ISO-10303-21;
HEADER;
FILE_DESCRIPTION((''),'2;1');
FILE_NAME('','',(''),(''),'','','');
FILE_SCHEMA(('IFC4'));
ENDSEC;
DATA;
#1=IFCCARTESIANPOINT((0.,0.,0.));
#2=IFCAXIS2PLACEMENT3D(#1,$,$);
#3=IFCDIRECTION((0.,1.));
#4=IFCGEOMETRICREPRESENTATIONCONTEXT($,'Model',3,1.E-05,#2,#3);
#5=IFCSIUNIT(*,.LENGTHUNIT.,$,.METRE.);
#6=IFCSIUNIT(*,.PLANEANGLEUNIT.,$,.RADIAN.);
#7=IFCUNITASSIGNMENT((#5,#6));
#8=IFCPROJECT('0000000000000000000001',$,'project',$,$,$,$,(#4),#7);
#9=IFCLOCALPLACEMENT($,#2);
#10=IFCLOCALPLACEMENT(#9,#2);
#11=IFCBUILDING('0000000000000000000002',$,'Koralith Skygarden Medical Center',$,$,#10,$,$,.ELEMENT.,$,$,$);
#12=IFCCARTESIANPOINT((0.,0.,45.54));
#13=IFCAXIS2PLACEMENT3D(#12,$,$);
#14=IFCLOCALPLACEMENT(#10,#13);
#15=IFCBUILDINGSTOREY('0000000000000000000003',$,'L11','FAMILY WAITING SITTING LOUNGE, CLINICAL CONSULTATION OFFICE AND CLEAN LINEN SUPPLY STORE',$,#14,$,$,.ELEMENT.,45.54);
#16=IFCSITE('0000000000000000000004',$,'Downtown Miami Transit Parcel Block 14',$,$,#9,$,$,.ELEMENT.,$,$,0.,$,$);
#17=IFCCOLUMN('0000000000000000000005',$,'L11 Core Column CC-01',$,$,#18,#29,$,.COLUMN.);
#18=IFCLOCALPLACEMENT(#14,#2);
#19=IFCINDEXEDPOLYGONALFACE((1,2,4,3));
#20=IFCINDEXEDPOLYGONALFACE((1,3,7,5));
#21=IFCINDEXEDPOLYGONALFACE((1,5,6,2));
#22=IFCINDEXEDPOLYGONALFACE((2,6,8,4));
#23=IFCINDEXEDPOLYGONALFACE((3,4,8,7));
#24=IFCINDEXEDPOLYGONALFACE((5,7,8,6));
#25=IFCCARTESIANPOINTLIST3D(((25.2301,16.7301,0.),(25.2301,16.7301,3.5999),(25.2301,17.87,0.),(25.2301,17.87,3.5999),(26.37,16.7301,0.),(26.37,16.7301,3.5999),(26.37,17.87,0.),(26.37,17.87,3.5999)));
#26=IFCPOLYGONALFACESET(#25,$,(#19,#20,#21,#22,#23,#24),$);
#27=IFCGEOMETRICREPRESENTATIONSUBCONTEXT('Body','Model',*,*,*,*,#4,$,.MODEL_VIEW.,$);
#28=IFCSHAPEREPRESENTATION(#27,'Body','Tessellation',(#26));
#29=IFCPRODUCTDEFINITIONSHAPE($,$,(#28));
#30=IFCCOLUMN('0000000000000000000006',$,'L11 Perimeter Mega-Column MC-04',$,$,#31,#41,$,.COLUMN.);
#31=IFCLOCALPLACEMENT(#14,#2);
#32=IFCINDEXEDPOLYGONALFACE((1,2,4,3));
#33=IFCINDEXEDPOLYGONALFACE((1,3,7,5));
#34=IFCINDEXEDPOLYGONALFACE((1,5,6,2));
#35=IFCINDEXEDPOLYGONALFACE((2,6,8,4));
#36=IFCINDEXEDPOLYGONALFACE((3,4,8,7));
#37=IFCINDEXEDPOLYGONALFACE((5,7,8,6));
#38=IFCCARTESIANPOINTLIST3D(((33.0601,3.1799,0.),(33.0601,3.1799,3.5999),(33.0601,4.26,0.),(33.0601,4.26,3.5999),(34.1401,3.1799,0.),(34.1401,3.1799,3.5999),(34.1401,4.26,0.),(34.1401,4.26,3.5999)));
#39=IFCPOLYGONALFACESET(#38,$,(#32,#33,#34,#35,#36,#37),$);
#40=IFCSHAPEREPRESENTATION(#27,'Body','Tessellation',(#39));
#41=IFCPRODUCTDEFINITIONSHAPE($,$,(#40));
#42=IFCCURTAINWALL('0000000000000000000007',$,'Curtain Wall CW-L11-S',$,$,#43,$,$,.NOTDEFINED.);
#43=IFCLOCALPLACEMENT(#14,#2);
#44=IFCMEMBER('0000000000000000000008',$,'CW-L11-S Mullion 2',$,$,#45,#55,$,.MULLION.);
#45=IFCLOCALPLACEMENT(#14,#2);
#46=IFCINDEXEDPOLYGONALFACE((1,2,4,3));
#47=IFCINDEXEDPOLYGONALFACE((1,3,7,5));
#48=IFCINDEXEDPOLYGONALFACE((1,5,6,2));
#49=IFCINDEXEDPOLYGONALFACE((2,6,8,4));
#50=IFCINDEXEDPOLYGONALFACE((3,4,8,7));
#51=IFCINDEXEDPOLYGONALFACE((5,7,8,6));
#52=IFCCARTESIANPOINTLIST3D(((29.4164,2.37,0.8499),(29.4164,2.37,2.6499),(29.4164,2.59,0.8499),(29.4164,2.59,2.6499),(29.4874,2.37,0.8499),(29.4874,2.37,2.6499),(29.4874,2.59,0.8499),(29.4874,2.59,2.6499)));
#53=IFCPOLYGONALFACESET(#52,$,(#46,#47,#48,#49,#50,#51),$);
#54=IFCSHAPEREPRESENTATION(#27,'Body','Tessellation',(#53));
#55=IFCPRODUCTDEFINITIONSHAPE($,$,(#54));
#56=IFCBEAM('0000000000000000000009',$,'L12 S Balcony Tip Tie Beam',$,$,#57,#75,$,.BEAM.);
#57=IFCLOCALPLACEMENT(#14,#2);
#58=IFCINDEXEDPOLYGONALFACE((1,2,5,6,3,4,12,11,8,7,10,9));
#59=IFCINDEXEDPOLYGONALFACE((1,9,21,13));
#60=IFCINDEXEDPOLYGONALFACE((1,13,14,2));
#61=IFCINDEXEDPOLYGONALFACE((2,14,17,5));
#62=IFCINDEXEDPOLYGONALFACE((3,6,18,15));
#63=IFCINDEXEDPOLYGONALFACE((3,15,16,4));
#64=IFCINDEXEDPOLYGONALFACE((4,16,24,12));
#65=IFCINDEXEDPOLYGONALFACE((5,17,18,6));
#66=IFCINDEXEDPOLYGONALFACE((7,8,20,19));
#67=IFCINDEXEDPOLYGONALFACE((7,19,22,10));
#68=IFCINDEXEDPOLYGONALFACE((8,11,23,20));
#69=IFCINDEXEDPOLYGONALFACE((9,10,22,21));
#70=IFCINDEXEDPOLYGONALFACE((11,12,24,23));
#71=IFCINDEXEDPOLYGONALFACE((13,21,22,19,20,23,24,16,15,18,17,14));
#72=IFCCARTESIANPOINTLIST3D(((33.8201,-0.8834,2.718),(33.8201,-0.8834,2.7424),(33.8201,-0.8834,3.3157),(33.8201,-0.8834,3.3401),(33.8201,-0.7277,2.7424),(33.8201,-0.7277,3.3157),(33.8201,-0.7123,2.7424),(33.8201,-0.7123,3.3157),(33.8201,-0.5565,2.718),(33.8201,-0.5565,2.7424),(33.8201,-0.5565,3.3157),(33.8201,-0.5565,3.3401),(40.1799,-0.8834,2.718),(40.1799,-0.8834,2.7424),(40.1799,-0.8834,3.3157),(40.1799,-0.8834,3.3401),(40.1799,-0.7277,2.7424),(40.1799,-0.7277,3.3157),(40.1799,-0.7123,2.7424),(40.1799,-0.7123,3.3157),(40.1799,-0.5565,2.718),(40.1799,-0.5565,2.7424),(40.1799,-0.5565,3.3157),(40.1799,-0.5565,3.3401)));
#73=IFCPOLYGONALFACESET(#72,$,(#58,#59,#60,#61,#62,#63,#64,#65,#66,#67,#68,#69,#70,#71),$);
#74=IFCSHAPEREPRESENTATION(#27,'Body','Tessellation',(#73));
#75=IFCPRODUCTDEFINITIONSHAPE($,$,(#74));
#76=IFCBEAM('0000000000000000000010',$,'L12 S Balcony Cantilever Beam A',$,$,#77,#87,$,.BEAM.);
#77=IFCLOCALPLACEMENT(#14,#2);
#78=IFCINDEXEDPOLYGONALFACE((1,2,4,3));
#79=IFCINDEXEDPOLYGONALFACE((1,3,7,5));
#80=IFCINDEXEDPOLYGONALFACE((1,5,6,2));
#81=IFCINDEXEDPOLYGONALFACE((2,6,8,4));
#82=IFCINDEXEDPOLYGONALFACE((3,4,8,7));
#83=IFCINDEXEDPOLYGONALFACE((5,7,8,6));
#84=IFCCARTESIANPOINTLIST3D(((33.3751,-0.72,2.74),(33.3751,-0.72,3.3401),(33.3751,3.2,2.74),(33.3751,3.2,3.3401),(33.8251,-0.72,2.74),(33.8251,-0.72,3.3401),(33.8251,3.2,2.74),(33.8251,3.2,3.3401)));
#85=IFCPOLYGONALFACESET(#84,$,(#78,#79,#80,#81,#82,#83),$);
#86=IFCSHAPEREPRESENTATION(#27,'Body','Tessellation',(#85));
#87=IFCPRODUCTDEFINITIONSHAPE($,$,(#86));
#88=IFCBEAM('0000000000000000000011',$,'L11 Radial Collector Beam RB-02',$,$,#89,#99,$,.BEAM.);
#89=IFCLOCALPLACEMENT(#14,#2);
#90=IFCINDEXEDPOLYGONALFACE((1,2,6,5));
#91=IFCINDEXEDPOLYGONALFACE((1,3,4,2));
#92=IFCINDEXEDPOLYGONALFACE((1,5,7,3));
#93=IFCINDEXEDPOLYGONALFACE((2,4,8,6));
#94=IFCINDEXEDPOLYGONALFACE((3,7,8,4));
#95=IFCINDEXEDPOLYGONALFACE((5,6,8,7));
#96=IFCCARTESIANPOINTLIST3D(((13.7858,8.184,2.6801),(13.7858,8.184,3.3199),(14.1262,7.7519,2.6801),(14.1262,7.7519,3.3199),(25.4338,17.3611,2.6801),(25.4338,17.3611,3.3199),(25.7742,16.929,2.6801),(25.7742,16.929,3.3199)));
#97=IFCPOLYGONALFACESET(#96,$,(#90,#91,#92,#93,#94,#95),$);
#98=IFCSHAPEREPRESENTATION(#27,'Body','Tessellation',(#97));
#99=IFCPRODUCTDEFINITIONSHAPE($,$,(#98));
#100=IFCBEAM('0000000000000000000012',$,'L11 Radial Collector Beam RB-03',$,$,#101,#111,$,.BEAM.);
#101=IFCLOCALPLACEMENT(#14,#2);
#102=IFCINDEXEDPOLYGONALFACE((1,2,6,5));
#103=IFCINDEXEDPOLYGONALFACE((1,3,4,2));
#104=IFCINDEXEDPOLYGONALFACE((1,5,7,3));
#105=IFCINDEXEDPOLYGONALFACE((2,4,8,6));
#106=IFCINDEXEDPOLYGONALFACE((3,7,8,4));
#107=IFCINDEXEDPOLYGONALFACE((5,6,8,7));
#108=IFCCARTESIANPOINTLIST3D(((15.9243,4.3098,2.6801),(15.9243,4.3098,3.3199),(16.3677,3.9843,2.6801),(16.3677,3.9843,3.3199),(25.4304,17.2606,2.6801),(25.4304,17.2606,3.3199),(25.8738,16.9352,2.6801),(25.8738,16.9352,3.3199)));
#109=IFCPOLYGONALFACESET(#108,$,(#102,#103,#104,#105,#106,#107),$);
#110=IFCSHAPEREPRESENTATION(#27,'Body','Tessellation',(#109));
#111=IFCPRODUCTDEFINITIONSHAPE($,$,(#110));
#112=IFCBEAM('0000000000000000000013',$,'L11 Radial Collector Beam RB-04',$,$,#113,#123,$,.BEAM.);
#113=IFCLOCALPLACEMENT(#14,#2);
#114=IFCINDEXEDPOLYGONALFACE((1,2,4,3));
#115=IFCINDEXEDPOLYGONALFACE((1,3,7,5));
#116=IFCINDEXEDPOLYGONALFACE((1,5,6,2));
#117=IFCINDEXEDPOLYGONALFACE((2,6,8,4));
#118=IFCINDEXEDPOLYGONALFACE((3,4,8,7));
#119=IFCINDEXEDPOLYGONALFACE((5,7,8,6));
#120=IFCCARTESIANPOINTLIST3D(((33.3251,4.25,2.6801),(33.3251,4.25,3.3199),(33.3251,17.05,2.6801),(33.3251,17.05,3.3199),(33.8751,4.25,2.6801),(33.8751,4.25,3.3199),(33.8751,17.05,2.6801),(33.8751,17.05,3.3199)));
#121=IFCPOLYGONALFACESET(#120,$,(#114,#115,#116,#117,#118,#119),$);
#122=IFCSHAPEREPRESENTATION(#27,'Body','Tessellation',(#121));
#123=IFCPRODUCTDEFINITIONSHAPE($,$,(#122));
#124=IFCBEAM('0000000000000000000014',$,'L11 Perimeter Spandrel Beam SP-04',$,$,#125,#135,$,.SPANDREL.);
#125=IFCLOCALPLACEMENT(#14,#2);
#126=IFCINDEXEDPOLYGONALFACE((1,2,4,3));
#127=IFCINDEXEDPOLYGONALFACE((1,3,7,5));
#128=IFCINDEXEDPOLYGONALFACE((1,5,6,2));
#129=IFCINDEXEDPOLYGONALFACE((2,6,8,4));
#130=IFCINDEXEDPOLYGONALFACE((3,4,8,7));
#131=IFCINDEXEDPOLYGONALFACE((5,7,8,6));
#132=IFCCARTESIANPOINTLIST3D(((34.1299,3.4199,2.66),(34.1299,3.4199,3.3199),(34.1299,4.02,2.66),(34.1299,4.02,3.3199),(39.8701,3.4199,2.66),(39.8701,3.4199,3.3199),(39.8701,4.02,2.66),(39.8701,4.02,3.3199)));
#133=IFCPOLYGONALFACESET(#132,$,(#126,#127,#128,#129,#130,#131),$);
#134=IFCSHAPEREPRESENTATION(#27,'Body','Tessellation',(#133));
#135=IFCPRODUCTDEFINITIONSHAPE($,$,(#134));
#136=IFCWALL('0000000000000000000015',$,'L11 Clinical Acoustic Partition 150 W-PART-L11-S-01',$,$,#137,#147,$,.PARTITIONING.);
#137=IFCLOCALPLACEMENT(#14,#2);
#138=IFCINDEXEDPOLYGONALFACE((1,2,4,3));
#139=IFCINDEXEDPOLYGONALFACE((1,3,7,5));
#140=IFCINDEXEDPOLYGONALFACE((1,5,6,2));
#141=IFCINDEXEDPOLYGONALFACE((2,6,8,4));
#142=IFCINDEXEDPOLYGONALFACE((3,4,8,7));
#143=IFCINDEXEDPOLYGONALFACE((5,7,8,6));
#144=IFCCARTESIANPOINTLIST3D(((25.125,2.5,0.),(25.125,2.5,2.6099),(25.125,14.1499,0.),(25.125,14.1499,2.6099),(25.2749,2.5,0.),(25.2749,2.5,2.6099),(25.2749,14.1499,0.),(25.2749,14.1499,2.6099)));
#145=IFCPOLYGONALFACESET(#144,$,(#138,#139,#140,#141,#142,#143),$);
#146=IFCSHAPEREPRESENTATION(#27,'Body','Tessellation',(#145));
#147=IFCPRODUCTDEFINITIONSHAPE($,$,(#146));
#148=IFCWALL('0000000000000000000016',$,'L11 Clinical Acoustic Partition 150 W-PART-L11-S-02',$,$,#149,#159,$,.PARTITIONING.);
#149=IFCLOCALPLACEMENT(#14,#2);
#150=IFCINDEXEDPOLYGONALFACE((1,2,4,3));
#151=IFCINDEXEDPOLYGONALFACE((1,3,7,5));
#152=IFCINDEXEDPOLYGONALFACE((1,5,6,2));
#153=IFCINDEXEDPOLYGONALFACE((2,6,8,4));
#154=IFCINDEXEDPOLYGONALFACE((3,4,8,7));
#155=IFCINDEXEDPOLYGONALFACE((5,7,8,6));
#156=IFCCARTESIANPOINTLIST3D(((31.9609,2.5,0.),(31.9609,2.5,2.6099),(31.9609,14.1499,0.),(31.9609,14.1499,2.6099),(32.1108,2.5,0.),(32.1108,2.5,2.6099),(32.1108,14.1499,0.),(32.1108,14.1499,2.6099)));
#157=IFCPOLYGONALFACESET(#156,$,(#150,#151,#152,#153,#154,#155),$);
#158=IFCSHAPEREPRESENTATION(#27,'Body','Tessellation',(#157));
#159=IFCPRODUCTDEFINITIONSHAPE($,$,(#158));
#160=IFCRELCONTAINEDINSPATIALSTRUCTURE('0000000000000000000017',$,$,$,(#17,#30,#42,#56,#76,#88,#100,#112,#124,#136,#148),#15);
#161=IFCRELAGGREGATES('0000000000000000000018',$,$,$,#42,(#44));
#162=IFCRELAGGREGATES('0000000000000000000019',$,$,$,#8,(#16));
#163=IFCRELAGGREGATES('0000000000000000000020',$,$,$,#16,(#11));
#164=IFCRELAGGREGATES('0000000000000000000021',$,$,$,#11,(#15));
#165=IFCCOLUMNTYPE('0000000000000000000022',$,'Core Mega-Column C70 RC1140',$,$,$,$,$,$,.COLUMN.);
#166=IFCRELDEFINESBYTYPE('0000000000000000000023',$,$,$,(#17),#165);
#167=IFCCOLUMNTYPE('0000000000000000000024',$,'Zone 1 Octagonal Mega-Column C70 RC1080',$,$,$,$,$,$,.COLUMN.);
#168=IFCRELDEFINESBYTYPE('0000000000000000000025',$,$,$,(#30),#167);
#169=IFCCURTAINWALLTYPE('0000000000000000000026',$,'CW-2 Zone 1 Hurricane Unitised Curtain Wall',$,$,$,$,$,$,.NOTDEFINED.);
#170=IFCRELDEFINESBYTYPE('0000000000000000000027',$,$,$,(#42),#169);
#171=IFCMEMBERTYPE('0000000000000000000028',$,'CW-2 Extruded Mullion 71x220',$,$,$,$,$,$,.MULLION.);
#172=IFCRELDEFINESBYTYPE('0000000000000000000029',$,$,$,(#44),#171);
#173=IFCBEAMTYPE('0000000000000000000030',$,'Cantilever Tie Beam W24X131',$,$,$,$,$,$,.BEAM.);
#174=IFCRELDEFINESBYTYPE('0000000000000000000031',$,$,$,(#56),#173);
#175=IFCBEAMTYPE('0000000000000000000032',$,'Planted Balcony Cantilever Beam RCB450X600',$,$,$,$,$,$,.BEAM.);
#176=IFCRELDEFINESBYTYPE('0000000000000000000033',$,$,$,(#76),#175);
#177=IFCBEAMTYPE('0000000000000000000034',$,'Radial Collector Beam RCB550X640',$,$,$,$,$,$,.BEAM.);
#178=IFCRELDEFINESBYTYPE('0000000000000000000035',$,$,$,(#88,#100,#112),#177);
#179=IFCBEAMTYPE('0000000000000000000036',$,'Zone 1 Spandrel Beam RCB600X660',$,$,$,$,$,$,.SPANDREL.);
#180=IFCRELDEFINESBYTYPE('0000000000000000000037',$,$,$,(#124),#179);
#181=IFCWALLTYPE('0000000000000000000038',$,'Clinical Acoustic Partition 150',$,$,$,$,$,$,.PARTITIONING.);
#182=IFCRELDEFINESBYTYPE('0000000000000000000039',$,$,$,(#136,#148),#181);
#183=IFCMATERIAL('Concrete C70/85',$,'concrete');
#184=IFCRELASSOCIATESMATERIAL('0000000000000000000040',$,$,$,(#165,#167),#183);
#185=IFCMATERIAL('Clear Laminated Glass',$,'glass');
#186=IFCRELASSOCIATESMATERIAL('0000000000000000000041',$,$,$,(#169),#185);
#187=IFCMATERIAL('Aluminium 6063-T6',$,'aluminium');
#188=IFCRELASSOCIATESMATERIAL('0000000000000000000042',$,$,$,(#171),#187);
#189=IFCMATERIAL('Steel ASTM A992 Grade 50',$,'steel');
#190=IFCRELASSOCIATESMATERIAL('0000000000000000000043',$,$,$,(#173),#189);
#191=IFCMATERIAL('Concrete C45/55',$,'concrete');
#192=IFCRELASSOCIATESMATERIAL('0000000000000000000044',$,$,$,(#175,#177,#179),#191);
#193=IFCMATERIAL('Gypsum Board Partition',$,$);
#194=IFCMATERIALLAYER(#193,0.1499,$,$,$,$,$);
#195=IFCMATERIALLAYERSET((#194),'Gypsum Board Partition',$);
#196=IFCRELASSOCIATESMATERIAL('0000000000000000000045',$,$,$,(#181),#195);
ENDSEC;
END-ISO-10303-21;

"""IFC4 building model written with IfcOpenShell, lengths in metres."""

from ifc_helpers import new_model, si_unit, direction, frame, frame_2d, origin, origin_2d, place, context, subcontext, project, spatial, rectangle, i_section, extrude, material, layer, layer_set, material_profile, profile_set, type_object, element, aggregate, save


model = new_model("IFC4")

# Units and contexts
model_context = context("Model", 3, precision=1e-05, world=origin(), true_north=direction((0.0, 1.0)))
body_context = subcontext(model_context, "Body", "Model", "MODEL_VIEW")
ifc_project = project(units=[si_unit("LENGTHUNIT", "METRE"), si_unit("PLANEANGLEUNIT", "RADIAN")], contexts=[model_context])

# Site, building, storey
site_placement = place(None, origin())
site = spatial("IfcSite", under=ifc_project, at=site_placement, Name="Downtown Miami Transit Parcel Block 14", CompositionType="ELEMENT", RefElevation=0.0)
building_placement = place(site_placement, origin())
building = spatial("IfcBuilding", under=site, at=building_placement, Name="Koralith Skygarden Medical Center", CompositionType="ELEMENT")
storey_placement = place(building_placement, frame((0.0, 0.0, 45.54)))
storey = spatial("IfcBuildingStorey", under=building, at=storey_placement, Name="L11", Description="FAMILY WAITING SITTING LOUNGE, CLINICAL CONSULTATION OFFICE AND CLEAN LINEN SUPPLY STORE", CompositionType="ELEMENT", Elevation=45.54)

# Columns
ifc_material_1 = material(Name="Concrete C70/85", Category="concrete")
ifc_material_profile_1 = material_profile(ifc_material_1, rectangle(XDim=1.1399, YDim=1.1399, at=origin_2d()), Name="RC1140X1140")
ifc_profile_set_1 = profile_set([ifc_material_profile_1], Name="Concrete C70/85")
column_type_1 = type_object("IfcColumnType", Name="Core Mega-Column C70 RC1140", PredefinedType="COLUMN", material=ifc_profile_set_1)
column_1_placement = place(storey_placement, frame((25.8, 17.3, 0.0), z_axis=(0.0, 0.0, 1.0), x_axis=(1.0, 0.0, 0.0)))
element("IfcColumn", 1, at=column_1_placement, inside=storey, type_object=column_type_1, Name="L11 Core Column CC-01", PredefinedType="COLUMN", context=body_context, shape_type="SweptSolid", body=[
    extrude(rectangle(XDim=1.1399, YDim=1.1399, at=origin_2d()), origin(), (0.0, 0.0, 1.0), 3.5999),
])
ifc_material_profile_2 = material_profile(ifc_material_1, rectangle(XDim=1.0801, YDim=1.0801, at=origin_2d()), Name="RC1080X1080")
ifc_profile_set_2 = profile_set([ifc_material_profile_2], Name="Concrete C70/85")
column_type_2 = type_object("IfcColumnType", Name="Zone 1 Octagonal Mega-Column C70 RC1080", PredefinedType="COLUMN", material=ifc_profile_set_2)
column_2_placement = place(storey_placement, frame((33.6001, 3.72, 0.0), z_axis=(0.0, 0.0, 1.0), x_axis=(1.0, 0.0, 0.0)))
element("IfcColumn", 2, at=column_2_placement, inside=storey, type_object=column_type_2, Name="L11 Perimeter Mega-Column MC-04", PredefinedType="COLUMN", context=body_context, shape_type="SweptSolid", body=[
    extrude(rectangle(XDim=1.0801, YDim=1.0801, at=origin_2d()), origin(), (0.0, 0.0, 1.0), 3.5999),
])

# Curtain wall, member
ifc_material_2 = material(Name="Clear Laminated Glass", Category="glass")
curtain_wall_type = type_object("IfcCurtainWallType", Name="CW-2 Zone 1 Hurricane Unitised Curtain Wall", PredefinedType="NOTDEFINED", material=ifc_material_2)
curtain_wall_placement = place(storey_placement, origin())
curtain_wall = element("IfcCurtainWall", 3, at=curtain_wall_placement, inside=storey, type_object=curtain_wall_type, Name="Curtain Wall CW-L11-S", PredefinedType="NOTDEFINED")
ifc_material_3 = material(Name="Aluminium 6063-T6", Category="aluminium")
ifc_material_profile_3 = material_profile(ifc_material_3, rectangle(XDim=0.071, YDim=0.22, at=origin_2d()), Name="MUL71X220")
ifc_profile_set_3 = profile_set([ifc_material_profile_3], Name="Aluminium 6063-T6")
member_type = type_object("IfcMemberType", Name="CW-2 Extruded Mullion 71x220", PredefinedType="MULLION", material=ifc_profile_set_3)
member_placement = place(storey_placement, frame((29.4519, 2.48, 0.8499), z_axis=(0.0, 0.0, 1.0), x_axis=(1.0, 0.0, 0.0)))
member = element("IfcMember", 4, at=member_placement, type_object=member_type, Name="CW-L11-S Mullion 2", PredefinedType="MULLION", context=body_context, shape_type="SweptSolid", body=[
    extrude(rectangle(XDim=0.071, YDim=0.22, at=origin_2d()), origin(), (0.0, 0.0, 1.0), 1.8),
])
aggregate(curtain_wall, [member])

# Beams
ifc_material_4 = material(Name="Steel ASTM A992 Grade 50", Category="steel")
ifc_material_profile_4 = material_profile(ifc_material_4, i_section(OverallWidth=0.3269, OverallDepth=0.6221, WebThickness=0.0154, FlangeThickness=0.0244, at=origin_2d()), Name="W24X131")
ifc_profile_set_4 = profile_set([ifc_material_profile_4], Name="Steel ASTM A992 Grade 50")
beam_type_1 = type_object("IfcBeamType", Name="Cantilever Tie Beam W24X131", PredefinedType="BEAM", material=ifc_profile_set_4)
beam_1_placement = place(storey_placement, frame((33.8201, -0.72, 3.0291), z_axis=(1.0, 0.0, 0.0), x_axis=(0.0, 1.0, 0.0)))
element("IfcBeam", 5, at=beam_1_placement, inside=storey, type_object=beam_type_1, Name="L12 S Balcony Tip Tie Beam", PredefinedType="BEAM", context=body_context, shape_type="SweptSolid", body=[
    extrude(i_section(OverallWidth=0.3269, OverallDepth=0.6221, WebThickness=0.0154, FlangeThickness=0.0244, at=origin_2d()), origin(), (0.0, 0.0, 1.0), 6.3599),
])
ifc_material_5 = material(Name="Concrete C45/55", Category="concrete")
ifc_material_profile_5 = material_profile(ifc_material_5, rectangle(XDim=0.45, YDim=0.6001, at=origin_2d()), Name="RCB450X600")
ifc_profile_set_5 = profile_set([ifc_material_profile_5], Name="Concrete C45/55")
beam_type_2 = type_object("IfcBeamType", Name="Planted Balcony Cantilever Beam RCB450X600", PredefinedType="BEAM", material=ifc_profile_set_5)
beam_2_placement = place(storey_placement, frame((33.6001, 3.2, 3.04), z_axis=(0.0, -1.0, 0.0), x_axis=(1.0, 0.0, 0.0)))
element("IfcBeam", 6, at=beam_2_placement, inside=storey, type_object=beam_type_2, Name="L12 S Balcony Cantilever Beam A", PredefinedType="BEAM", context=body_context, shape_type="SweptSolid", body=[
    extrude(rectangle(XDim=0.45, YDim=0.6001, at=origin_2d()), origin(), (0.0, 0.0, 1.0), 3.9199),
])
ifc_material_profile_6 = material_profile(ifc_material_5, rectangle(XDim=0.55, YDim=0.6399, at=origin_2d()), Name="RCB550X640")
ifc_profile_set_6 = profile_set([ifc_material_profile_6], Name="Concrete C45/55")
beam_type_3 = type_object("IfcBeamType", Name="Radial Collector Beam RCB550X640", PredefinedType="BEAM", material=ifc_profile_set_6)
beam_3_placement = place(storey_placement, frame((25.604, 17.145, 3.0), z_axis=(-0.785497, -0.618865, 0.0), x_axis=(0.618865, -0.785497, 0.0)))
element("IfcBeam", 7, at=beam_3_placement, inside=storey, type_object=beam_type_3, Name="L11 Radial Collector Beam RB-02", PredefinedType="BEAM", context=body_context, shape_type="SweptSolid", body=[
    extrude(rectangle(XDim=0.55, YDim=0.6399, at=origin_2d()), origin(), (0.0, 0.0, 1.0), 14.8289),
])
beam_4_placement = place(storey_placement, frame((25.6521, 17.0979, 3.0), z_axis=(-0.591718, -0.806145, 0.0), x_axis=(0.806145, -0.591718, 0.0)))
element("IfcBeam", 8, at=beam_4_placement, inside=storey, type_object=beam_type_3, Name="L11 Radial Collector Beam RB-03", PredefinedType="BEAM", context=body_context, shape_type="SweptSolid", body=[
    extrude(rectangle(XDim=0.55, YDim=0.6399, at=origin_2d()), origin(), (0.0, 0.0, 1.0), 16.0652),
])
beam_5_placement = place(storey_placement, frame((33.6001, 17.05, 3.0), z_axis=(0.0, -1.0, 0.0), x_axis=(1.0, 0.0, 0.0)))
element("IfcBeam", 9, at=beam_5_placement, inside=storey, type_object=beam_type_3, Name="L11 Radial Collector Beam RB-04", PredefinedType="BEAM", context=body_context, shape_type="SweptSolid", body=[
    extrude(rectangle(XDim=0.55, YDim=0.6399, at=origin_2d()), origin(), (0.0, 0.0, 1.0), 12.8),
])
ifc_material_profile_7 = material_profile(ifc_material_5, rectangle(XDim=0.6001, YDim=0.6599, at=origin_2d()), Name="RCB600X660")
ifc_profile_set_7 = profile_set([ifc_material_profile_7], Name="Concrete C45/55")
beam_type_4 = type_object("IfcBeamType", Name="Zone 1 Spandrel Beam RCB600X660", PredefinedType="SPANDREL", material=ifc_profile_set_7)
beam_6_placement = place(storey_placement, frame((34.1299, 3.72, 2.99), z_axis=(1.0, 0.0, 0.0), x_axis=(0.0, 1.0, 0.0)))
element("IfcBeam", 10, at=beam_6_placement, inside=storey, type_object=beam_type_4, Name="L11 Perimeter Spandrel Beam SP-04", PredefinedType="SPANDREL", context=body_context, shape_type="SweptSolid", body=[
    extrude(rectangle(XDim=0.6001, YDim=0.6599, at=origin_2d()), origin(), (0.0, 0.0, 1.0), 5.7402),
])

# Walls
ifc_material_6 = material(Name="Gypsum Board Partition")
ifc_layer_1 = layer(ifc_material_6, 0.1499)
ifc_layer_set_1 = layer_set([ifc_layer_1], Name="Gypsum Board Partition")
wall_type_1 = type_object("IfcWallType", Name="Clinical Acoustic Partition 150", PredefinedType="PARTITIONING", material=ifc_layer_set_1)
for number, where, z_axis, x_axis, name in (
    (11, (25.2, 14.1499, 0.0), (0.0, 0.0, 1.0), (0.0, -1.0, 0.0), "L11 Clinical Acoustic Partition 150 W-PART-L11-S-01"),
    (12, (32.0359, 14.1499, 0.0), (0.0, 0.0, 1.0), (0.0, -1.0, 0.0), "L11 Clinical Acoustic Partition 150 W-PART-L11-S-02"),
):
    element("IfcWall", number, at=place(storey_placement, frame(where, z_axis=z_axis, x_axis=x_axis)), inside=storey, type_object=wall_type_1, Name=name, PredefinedType="PARTITIONING", context=body_context, shape_type="SweptSolid", body=[
        extrude(rectangle(XDim=11.6499, YDim=0.1499, at=frame_2d((5.825, 0.0))), origin(), (0.0, 0.0, 1.0), 2.6099),
    ])

save(model, "model.ifc")
